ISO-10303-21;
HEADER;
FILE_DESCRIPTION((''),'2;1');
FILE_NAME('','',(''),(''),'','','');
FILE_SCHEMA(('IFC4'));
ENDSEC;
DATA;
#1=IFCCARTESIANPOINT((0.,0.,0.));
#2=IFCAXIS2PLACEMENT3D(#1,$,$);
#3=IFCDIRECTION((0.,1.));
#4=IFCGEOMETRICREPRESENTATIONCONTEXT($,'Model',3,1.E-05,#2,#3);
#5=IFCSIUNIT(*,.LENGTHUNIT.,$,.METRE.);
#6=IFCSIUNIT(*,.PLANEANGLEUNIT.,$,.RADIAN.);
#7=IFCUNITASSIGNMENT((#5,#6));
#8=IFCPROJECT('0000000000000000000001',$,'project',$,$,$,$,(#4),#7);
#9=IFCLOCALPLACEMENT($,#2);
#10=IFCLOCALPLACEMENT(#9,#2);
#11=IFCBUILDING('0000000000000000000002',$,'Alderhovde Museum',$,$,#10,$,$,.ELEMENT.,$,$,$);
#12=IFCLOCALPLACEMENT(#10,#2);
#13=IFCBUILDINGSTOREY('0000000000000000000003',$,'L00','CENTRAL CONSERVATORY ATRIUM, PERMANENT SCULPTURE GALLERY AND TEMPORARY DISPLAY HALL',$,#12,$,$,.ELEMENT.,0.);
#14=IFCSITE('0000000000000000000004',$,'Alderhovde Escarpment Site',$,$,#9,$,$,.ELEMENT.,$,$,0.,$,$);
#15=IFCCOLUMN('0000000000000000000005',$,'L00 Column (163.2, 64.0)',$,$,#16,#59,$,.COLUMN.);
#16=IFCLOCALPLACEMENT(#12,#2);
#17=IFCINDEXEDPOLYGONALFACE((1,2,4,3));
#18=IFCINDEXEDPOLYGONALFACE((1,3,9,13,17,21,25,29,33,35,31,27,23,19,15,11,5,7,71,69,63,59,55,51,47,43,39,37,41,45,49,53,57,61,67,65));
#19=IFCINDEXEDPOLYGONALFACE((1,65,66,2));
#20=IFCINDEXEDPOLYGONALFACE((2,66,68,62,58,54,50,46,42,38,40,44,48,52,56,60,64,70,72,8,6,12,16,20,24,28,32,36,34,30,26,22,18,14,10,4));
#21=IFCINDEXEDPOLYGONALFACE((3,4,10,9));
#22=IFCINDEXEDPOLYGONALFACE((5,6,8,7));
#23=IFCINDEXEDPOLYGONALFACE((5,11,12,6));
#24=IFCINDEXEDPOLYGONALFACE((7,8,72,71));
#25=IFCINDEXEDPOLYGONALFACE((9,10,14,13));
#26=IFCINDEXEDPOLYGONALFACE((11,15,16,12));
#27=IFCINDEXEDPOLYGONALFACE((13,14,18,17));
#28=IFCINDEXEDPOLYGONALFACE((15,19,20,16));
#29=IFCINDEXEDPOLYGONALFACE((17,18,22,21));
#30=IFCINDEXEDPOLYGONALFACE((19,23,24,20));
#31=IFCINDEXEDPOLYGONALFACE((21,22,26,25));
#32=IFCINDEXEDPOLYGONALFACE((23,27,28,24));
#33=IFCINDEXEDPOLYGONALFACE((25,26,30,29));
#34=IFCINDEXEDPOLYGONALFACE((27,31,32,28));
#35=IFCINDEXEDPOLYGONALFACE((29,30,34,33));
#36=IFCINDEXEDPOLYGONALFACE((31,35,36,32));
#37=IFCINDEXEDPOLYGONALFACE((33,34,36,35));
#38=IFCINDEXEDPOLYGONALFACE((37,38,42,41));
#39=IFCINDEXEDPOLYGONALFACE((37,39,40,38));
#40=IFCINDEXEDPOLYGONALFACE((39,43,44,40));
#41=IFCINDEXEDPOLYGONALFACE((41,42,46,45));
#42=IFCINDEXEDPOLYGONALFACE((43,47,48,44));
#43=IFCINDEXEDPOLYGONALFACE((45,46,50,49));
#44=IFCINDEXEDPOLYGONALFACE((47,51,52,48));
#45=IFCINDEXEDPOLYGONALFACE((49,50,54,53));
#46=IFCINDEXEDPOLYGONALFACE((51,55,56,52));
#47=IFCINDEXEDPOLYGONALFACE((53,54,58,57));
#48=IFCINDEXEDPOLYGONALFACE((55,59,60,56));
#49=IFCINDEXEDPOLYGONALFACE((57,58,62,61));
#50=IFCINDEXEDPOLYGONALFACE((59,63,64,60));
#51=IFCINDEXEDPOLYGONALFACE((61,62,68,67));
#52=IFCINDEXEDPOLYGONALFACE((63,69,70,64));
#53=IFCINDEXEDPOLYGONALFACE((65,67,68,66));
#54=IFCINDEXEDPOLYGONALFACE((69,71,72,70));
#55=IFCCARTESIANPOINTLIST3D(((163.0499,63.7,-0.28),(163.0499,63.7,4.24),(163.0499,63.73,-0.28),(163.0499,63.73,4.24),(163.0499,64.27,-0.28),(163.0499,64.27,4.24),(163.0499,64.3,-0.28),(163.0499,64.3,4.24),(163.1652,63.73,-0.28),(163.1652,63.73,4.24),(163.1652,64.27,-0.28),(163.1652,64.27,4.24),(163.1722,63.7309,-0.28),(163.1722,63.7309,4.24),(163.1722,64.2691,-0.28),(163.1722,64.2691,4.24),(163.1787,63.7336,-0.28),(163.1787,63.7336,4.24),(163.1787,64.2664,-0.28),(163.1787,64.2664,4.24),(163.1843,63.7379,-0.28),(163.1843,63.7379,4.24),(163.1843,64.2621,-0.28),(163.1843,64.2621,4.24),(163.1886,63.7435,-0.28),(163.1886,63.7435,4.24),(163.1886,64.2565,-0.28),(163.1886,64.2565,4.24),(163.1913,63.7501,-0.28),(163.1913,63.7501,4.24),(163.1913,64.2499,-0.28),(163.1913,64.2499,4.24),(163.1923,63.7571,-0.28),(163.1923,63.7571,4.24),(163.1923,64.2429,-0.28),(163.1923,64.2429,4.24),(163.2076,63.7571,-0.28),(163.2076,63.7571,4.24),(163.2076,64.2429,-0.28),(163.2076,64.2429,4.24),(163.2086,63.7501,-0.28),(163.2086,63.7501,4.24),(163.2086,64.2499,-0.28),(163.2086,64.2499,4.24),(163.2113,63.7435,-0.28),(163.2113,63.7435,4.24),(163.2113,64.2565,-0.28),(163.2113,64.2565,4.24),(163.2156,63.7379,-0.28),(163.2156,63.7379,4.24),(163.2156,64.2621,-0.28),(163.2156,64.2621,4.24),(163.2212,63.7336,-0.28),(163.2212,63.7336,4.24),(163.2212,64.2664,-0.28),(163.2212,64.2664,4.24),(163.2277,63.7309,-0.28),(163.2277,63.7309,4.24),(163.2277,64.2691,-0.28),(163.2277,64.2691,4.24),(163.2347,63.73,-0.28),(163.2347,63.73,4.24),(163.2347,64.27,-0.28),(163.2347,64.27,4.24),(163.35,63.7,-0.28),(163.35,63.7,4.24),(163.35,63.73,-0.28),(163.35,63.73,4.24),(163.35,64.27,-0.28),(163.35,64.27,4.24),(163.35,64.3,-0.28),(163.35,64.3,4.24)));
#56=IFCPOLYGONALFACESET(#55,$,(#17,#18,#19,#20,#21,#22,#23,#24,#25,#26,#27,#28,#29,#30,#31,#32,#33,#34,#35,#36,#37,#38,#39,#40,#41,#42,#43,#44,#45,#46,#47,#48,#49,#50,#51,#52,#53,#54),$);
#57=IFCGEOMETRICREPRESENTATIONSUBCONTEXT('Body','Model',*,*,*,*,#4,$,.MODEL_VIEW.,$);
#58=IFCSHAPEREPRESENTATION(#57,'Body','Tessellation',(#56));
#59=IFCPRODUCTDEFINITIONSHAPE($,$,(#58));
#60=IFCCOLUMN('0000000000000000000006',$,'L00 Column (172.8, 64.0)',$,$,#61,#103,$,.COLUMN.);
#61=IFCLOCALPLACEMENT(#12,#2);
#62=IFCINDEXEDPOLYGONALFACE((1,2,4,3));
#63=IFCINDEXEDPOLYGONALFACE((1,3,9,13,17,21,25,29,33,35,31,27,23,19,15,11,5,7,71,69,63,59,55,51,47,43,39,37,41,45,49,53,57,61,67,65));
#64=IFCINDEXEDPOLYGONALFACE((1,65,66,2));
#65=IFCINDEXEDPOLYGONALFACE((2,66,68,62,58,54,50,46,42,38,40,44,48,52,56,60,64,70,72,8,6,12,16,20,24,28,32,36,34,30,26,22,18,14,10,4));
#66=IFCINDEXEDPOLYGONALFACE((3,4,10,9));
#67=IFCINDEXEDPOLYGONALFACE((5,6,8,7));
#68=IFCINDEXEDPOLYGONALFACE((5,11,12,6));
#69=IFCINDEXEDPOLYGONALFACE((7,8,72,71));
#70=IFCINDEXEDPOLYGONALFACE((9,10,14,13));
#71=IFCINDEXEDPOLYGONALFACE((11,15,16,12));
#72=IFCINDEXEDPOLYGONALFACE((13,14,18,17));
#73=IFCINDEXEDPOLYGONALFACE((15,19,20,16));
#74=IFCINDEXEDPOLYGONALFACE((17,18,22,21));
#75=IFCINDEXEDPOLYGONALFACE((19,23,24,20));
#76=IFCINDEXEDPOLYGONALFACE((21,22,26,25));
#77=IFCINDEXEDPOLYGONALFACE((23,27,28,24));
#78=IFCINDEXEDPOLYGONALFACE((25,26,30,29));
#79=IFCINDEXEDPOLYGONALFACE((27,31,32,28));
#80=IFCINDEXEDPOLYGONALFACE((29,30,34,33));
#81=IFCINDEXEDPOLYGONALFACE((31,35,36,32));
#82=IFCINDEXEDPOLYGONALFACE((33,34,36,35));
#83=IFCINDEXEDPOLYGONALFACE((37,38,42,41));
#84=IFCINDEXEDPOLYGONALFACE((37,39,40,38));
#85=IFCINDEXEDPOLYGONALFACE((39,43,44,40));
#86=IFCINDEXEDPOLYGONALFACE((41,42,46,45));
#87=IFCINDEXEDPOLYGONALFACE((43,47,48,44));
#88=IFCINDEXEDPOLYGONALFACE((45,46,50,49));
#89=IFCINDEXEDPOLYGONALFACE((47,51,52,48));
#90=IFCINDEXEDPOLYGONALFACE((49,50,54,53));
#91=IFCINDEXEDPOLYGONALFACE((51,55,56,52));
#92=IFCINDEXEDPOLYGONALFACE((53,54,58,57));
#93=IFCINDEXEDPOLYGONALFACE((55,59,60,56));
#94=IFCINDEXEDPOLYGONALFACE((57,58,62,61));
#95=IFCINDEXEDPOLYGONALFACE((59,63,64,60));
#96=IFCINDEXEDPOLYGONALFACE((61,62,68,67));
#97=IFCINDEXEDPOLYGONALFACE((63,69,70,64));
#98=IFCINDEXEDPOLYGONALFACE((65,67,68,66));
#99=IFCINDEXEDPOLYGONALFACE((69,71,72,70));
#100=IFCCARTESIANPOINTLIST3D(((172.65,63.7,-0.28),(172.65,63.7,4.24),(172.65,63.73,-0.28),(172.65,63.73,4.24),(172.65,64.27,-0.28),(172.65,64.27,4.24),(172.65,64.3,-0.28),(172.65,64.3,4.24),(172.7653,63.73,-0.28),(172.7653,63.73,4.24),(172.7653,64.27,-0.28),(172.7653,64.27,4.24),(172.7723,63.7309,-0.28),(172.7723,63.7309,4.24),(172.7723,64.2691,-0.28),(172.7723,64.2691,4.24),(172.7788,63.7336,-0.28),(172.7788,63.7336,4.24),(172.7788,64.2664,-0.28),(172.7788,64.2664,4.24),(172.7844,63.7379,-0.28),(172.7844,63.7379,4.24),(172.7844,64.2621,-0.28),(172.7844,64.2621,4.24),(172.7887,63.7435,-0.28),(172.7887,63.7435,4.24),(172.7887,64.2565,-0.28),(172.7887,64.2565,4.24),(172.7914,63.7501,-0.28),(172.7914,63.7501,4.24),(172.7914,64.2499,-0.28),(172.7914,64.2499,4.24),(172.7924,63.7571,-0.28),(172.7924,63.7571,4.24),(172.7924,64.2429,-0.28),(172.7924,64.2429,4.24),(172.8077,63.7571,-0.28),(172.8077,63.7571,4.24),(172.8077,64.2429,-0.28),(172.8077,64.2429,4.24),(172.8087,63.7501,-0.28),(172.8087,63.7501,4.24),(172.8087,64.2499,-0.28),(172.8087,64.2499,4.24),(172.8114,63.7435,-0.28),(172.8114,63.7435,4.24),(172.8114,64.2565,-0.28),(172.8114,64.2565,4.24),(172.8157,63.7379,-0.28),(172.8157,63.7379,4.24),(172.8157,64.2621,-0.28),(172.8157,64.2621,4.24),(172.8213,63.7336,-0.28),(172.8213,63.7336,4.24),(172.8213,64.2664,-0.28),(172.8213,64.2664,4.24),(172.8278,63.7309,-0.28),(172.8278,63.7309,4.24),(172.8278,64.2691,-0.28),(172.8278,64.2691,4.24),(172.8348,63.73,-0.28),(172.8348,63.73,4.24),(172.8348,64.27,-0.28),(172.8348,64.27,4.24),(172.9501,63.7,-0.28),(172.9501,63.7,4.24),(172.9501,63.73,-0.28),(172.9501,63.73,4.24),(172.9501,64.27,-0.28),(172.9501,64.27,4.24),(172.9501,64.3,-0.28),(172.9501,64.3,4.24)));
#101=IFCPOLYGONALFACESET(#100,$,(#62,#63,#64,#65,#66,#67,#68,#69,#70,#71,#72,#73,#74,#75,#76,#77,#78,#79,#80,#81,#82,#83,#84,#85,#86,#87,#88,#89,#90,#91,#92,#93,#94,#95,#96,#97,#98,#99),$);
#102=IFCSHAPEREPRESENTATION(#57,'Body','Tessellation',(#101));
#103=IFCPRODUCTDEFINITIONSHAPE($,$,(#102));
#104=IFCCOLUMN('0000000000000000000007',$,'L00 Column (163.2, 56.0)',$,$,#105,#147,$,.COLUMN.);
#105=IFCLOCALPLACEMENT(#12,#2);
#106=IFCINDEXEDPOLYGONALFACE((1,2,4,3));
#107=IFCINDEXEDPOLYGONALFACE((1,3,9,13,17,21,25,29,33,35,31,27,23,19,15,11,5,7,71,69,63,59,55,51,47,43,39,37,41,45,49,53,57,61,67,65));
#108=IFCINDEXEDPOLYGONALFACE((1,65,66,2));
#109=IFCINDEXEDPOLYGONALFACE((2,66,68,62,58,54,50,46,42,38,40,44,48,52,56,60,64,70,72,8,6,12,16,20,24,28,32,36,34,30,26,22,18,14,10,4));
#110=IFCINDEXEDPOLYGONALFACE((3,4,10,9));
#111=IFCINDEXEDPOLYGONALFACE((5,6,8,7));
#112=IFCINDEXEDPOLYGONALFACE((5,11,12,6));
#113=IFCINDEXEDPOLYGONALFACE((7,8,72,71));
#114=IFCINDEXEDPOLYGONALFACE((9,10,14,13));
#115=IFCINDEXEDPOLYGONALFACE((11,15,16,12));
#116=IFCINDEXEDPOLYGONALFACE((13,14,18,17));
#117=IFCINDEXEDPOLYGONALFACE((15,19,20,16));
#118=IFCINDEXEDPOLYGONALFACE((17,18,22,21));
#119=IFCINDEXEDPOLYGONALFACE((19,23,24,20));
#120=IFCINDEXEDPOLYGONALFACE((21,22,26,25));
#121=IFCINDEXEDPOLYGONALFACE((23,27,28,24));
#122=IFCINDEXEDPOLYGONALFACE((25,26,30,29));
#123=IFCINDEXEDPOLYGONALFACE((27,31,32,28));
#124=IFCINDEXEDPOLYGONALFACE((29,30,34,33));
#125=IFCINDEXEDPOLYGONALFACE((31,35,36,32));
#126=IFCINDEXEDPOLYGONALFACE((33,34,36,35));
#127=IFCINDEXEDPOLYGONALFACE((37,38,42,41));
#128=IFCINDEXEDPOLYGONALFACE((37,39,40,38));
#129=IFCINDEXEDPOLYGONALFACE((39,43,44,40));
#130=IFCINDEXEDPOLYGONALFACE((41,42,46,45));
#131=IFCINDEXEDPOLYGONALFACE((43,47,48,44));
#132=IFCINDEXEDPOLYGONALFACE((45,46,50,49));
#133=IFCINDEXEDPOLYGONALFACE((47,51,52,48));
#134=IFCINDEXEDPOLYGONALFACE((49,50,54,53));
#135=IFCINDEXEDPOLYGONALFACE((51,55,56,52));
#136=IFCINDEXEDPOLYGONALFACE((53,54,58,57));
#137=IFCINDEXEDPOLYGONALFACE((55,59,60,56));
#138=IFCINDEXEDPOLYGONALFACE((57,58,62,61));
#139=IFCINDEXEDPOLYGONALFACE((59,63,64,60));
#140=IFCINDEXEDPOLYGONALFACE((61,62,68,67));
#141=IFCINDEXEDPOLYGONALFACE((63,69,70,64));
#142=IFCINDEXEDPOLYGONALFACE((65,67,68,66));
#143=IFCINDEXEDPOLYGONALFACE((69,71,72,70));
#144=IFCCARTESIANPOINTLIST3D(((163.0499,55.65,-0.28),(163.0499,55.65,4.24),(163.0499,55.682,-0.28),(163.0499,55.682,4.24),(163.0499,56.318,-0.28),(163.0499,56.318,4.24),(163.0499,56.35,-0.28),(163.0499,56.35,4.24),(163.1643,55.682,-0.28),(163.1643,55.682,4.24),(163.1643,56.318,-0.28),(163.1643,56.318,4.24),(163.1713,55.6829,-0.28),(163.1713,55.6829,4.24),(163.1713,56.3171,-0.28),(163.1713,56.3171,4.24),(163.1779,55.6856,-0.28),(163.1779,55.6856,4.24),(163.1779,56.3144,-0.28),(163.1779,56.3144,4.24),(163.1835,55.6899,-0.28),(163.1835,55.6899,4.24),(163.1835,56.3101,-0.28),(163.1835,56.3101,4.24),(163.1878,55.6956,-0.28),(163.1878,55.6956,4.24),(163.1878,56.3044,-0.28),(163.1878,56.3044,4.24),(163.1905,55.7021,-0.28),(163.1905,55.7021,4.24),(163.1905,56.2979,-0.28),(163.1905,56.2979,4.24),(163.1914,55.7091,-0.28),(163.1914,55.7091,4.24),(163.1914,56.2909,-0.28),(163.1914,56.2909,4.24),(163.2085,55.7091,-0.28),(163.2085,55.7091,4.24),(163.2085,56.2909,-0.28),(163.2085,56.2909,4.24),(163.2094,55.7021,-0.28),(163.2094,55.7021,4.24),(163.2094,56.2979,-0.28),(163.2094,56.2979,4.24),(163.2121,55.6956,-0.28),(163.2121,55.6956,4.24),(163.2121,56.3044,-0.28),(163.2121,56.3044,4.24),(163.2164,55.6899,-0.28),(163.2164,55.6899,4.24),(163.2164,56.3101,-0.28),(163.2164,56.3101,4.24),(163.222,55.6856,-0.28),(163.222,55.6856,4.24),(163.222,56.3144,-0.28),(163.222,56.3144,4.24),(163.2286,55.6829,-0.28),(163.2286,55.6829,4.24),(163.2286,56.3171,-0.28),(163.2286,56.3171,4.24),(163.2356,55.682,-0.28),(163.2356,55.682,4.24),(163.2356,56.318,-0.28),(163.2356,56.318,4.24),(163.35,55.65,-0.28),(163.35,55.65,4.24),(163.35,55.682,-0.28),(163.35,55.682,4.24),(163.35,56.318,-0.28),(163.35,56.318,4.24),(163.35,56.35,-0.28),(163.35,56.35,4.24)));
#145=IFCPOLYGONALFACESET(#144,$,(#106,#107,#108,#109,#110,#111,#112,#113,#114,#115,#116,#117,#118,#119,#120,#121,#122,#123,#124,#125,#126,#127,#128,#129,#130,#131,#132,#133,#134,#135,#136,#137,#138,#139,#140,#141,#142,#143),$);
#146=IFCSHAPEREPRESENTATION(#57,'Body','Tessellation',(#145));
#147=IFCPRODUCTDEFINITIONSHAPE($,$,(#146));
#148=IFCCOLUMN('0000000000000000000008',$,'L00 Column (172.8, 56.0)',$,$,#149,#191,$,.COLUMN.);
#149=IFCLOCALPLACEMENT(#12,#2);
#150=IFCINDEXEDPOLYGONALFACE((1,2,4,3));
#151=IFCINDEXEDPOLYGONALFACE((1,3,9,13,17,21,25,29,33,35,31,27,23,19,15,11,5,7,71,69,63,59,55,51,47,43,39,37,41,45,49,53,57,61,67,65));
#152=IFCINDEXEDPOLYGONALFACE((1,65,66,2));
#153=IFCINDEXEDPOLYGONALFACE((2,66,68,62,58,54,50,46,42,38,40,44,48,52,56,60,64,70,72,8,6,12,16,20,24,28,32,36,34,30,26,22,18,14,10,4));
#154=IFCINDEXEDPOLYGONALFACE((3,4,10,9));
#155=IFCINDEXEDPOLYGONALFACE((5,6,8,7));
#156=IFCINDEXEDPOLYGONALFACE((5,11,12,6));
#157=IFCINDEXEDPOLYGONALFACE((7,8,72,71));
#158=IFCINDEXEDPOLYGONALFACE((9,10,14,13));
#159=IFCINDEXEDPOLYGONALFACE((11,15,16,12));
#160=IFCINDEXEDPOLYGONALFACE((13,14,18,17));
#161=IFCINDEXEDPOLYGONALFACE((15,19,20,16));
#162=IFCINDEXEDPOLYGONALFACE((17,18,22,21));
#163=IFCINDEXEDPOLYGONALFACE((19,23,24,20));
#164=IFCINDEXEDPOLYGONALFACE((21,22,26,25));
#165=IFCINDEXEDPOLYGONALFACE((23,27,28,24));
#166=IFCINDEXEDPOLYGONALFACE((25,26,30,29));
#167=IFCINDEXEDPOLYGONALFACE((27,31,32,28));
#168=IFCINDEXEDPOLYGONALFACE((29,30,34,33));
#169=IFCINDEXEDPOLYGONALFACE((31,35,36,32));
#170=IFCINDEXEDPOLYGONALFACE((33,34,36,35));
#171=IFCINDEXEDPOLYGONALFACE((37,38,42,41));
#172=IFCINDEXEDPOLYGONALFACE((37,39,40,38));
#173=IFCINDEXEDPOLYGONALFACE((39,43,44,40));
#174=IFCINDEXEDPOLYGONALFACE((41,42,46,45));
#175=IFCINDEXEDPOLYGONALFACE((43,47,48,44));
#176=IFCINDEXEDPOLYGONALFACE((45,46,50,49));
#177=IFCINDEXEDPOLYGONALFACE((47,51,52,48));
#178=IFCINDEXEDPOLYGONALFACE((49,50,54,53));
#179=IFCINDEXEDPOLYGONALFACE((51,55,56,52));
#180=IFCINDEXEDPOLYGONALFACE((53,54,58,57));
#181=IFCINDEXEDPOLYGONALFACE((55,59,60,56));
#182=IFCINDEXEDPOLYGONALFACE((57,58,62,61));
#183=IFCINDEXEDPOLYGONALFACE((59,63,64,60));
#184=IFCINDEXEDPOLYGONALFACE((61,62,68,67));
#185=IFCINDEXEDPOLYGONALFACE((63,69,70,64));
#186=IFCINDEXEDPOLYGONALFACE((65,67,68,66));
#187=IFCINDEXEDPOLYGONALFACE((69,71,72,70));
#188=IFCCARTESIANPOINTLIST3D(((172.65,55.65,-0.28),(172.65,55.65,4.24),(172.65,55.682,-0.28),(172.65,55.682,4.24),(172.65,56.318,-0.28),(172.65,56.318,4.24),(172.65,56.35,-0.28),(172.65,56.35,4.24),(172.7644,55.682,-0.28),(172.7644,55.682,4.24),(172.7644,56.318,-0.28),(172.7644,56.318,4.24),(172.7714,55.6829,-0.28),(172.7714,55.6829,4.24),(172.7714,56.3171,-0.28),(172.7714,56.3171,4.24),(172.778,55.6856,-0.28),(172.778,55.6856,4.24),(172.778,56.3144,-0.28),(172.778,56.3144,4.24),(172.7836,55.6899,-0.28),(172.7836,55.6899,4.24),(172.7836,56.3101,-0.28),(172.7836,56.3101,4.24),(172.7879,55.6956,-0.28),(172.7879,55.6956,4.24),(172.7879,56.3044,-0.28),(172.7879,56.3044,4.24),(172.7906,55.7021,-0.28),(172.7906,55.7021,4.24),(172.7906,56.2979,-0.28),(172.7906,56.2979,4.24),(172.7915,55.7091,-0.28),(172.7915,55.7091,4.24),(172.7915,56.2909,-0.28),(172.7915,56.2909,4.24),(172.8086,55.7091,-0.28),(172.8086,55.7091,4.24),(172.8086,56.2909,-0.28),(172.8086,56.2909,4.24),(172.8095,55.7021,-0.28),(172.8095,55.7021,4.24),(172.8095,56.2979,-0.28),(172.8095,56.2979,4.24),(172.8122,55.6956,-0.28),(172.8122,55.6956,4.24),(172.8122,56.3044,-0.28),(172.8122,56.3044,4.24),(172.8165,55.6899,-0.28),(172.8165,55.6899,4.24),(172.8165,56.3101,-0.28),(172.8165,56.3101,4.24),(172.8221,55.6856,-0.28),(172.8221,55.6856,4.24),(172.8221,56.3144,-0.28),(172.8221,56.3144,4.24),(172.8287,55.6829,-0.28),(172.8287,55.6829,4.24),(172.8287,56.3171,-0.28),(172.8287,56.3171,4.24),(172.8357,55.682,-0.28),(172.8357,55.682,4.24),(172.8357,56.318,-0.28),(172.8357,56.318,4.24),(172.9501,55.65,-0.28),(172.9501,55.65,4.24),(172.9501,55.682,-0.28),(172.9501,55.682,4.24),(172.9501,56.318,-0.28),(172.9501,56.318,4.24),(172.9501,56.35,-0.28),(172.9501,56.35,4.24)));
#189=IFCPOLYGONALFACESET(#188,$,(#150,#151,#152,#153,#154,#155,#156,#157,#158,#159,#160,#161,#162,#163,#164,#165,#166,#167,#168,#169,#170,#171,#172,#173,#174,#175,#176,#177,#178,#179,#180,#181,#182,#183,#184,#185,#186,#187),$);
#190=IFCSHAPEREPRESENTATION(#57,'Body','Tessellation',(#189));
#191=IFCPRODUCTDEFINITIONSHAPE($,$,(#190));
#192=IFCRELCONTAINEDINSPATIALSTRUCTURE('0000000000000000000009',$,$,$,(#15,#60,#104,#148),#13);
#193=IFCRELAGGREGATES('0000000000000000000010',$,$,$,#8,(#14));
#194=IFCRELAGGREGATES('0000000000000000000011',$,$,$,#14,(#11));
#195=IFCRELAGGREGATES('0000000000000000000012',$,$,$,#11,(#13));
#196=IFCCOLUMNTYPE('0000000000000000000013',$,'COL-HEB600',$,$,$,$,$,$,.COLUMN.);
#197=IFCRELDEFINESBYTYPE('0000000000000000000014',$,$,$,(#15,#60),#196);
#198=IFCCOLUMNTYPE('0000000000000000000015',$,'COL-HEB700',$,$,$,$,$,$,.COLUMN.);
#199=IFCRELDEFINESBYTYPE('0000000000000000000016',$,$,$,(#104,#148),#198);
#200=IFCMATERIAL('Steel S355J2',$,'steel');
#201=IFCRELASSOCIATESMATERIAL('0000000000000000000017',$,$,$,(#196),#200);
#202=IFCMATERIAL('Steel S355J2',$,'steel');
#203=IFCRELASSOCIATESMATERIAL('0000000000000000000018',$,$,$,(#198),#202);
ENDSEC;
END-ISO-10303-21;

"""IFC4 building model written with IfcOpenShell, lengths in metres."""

from ifc_helpers import new_model, si_unit, direction, frame, origin, origin_2d, place, context, subcontext, project, spatial, i_section, extrude, material, material_profile, profile_set, type_object, element, save


model = new_model("IFC4")

# Units and contexts
model_context = context("Model", 3, precision=1e-05, world=origin(), true_north=direction((0.0, 1.0)))
body_context = subcontext(model_context, "Body", "Model", "MODEL_VIEW")
ifc_project = project(units=[si_unit("LENGTHUNIT", "METRE"), si_unit("PLANEANGLEUNIT", "RADIAN")], contexts=[model_context])

# Site, building, storey
site_placement = place(None, origin())
site = spatial("IfcSite", under=ifc_project, at=site_placement, Name="Alderhovde Escarpment Site", CompositionType="ELEMENT", RefElevation=0.0)
building_placement = place(site_placement, origin())
building = spatial("IfcBuilding", under=site, at=building_placement, Name="Alderhovde Museum", CompositionType="ELEMENT")
storey_placement = place(building_placement, origin())
storey = spatial("IfcBuildingStorey", under=building, at=storey_placement, Name="L00", Description="CENTRAL CONSERVATORY ATRIUM, PERMANENT SCULPTURE GALLERY AND TEMPORARY DISPLAY HALL", CompositionType="ELEMENT", Elevation=0.0)

# Columns
ifc_material_1 = material(Name="Steel S355J2", Category="steel")
ifc_material_profile_1 = material_profile(ifc_material_1, i_section(OverallWidth=0.3, OverallDepth=0.6001, WebThickness=0.0154, FlangeThickness=0.03, FilletRadius=0.0271, at=origin_2d()), Name="HEB 600")
ifc_profile_set_1 = profile_set([ifc_material_profile_1], Name="Steel S355J2")
column_type_1 = type_object("IfcColumnType", Name="COL-HEB600", PredefinedType="COLUMN", material=ifc_profile_set_1)
for number, where, z_axis, x_axis, name in (
    (1, (163.2, 64.0, -0.28), (0.0, 0.0, 1.0), (1.0, 0.0, 0.0), "L00 Column (163.2, 64.0)"),
    (2, (172.8, 64.0, -0.28), (0.0, 0.0, 1.0), (1.0, 0.0, 0.0), "L00 Column (172.8, 64.0)"),
):
    element("IfcColumn", number, at=place(storey_placement, frame(where, z_axis=z_axis, x_axis=x_axis)), inside=storey, type_object=column_type_1, Name=name, PredefinedType="COLUMN", context=body_context, shape_type="SweptSolid", body=[
        extrude(i_section(OverallWidth=0.3, OverallDepth=0.6001, WebThickness=0.0154, FlangeThickness=0.03, FilletRadius=0.0271, at=origin_2d()), origin(), (0.0, 0.0, 1.0), 4.52),
    ])
ifc_material_2 = material(Name="Steel S355J2", Category="steel")
ifc_material_profile_2 = material_profile(ifc_material_2, i_section(OverallWidth=0.3, OverallDepth=0.7, WebThickness=0.0171, FlangeThickness=0.032, FilletRadius=0.0271, at=origin_2d()), Name="HEB 700")
ifc_profile_set_2 = profile_set([ifc_material_profile_2], Name="Steel S355J2")
column_type_2 = type_object("IfcColumnType", Name="COL-HEB700", PredefinedType="COLUMN", material=ifc_profile_set_2)
for number, where, z_axis, x_axis, name in (
    (3, (163.2, 56.0, -0.28), (0.0, 0.0, 1.0), (1.0, 0.0, 0.0), "L00 Column (163.2, 56.0)"),
    (4, (172.8, 56.0, -0.28), (0.0, 0.0, 1.0), (1.0, 0.0, 0.0), "L00 Column (172.8, 56.0)"),
):
    element("IfcColumn", number, at=place(storey_placement, frame(where, z_axis=z_axis, x_axis=x_axis)), inside=storey, type_object=column_type_2, Name=name, PredefinedType="COLUMN", context=body_context, shape_type="SweptSolid", body=[
        extrude(i_section(OverallWidth=0.3, OverallDepth=0.7, WebThickness=0.0171, FlangeThickness=0.032, FilletRadius=0.0271, at=origin_2d()), origin(), (0.0, 0.0, 1.0), 4.52),
    ])

save(model, "model.ifc")
